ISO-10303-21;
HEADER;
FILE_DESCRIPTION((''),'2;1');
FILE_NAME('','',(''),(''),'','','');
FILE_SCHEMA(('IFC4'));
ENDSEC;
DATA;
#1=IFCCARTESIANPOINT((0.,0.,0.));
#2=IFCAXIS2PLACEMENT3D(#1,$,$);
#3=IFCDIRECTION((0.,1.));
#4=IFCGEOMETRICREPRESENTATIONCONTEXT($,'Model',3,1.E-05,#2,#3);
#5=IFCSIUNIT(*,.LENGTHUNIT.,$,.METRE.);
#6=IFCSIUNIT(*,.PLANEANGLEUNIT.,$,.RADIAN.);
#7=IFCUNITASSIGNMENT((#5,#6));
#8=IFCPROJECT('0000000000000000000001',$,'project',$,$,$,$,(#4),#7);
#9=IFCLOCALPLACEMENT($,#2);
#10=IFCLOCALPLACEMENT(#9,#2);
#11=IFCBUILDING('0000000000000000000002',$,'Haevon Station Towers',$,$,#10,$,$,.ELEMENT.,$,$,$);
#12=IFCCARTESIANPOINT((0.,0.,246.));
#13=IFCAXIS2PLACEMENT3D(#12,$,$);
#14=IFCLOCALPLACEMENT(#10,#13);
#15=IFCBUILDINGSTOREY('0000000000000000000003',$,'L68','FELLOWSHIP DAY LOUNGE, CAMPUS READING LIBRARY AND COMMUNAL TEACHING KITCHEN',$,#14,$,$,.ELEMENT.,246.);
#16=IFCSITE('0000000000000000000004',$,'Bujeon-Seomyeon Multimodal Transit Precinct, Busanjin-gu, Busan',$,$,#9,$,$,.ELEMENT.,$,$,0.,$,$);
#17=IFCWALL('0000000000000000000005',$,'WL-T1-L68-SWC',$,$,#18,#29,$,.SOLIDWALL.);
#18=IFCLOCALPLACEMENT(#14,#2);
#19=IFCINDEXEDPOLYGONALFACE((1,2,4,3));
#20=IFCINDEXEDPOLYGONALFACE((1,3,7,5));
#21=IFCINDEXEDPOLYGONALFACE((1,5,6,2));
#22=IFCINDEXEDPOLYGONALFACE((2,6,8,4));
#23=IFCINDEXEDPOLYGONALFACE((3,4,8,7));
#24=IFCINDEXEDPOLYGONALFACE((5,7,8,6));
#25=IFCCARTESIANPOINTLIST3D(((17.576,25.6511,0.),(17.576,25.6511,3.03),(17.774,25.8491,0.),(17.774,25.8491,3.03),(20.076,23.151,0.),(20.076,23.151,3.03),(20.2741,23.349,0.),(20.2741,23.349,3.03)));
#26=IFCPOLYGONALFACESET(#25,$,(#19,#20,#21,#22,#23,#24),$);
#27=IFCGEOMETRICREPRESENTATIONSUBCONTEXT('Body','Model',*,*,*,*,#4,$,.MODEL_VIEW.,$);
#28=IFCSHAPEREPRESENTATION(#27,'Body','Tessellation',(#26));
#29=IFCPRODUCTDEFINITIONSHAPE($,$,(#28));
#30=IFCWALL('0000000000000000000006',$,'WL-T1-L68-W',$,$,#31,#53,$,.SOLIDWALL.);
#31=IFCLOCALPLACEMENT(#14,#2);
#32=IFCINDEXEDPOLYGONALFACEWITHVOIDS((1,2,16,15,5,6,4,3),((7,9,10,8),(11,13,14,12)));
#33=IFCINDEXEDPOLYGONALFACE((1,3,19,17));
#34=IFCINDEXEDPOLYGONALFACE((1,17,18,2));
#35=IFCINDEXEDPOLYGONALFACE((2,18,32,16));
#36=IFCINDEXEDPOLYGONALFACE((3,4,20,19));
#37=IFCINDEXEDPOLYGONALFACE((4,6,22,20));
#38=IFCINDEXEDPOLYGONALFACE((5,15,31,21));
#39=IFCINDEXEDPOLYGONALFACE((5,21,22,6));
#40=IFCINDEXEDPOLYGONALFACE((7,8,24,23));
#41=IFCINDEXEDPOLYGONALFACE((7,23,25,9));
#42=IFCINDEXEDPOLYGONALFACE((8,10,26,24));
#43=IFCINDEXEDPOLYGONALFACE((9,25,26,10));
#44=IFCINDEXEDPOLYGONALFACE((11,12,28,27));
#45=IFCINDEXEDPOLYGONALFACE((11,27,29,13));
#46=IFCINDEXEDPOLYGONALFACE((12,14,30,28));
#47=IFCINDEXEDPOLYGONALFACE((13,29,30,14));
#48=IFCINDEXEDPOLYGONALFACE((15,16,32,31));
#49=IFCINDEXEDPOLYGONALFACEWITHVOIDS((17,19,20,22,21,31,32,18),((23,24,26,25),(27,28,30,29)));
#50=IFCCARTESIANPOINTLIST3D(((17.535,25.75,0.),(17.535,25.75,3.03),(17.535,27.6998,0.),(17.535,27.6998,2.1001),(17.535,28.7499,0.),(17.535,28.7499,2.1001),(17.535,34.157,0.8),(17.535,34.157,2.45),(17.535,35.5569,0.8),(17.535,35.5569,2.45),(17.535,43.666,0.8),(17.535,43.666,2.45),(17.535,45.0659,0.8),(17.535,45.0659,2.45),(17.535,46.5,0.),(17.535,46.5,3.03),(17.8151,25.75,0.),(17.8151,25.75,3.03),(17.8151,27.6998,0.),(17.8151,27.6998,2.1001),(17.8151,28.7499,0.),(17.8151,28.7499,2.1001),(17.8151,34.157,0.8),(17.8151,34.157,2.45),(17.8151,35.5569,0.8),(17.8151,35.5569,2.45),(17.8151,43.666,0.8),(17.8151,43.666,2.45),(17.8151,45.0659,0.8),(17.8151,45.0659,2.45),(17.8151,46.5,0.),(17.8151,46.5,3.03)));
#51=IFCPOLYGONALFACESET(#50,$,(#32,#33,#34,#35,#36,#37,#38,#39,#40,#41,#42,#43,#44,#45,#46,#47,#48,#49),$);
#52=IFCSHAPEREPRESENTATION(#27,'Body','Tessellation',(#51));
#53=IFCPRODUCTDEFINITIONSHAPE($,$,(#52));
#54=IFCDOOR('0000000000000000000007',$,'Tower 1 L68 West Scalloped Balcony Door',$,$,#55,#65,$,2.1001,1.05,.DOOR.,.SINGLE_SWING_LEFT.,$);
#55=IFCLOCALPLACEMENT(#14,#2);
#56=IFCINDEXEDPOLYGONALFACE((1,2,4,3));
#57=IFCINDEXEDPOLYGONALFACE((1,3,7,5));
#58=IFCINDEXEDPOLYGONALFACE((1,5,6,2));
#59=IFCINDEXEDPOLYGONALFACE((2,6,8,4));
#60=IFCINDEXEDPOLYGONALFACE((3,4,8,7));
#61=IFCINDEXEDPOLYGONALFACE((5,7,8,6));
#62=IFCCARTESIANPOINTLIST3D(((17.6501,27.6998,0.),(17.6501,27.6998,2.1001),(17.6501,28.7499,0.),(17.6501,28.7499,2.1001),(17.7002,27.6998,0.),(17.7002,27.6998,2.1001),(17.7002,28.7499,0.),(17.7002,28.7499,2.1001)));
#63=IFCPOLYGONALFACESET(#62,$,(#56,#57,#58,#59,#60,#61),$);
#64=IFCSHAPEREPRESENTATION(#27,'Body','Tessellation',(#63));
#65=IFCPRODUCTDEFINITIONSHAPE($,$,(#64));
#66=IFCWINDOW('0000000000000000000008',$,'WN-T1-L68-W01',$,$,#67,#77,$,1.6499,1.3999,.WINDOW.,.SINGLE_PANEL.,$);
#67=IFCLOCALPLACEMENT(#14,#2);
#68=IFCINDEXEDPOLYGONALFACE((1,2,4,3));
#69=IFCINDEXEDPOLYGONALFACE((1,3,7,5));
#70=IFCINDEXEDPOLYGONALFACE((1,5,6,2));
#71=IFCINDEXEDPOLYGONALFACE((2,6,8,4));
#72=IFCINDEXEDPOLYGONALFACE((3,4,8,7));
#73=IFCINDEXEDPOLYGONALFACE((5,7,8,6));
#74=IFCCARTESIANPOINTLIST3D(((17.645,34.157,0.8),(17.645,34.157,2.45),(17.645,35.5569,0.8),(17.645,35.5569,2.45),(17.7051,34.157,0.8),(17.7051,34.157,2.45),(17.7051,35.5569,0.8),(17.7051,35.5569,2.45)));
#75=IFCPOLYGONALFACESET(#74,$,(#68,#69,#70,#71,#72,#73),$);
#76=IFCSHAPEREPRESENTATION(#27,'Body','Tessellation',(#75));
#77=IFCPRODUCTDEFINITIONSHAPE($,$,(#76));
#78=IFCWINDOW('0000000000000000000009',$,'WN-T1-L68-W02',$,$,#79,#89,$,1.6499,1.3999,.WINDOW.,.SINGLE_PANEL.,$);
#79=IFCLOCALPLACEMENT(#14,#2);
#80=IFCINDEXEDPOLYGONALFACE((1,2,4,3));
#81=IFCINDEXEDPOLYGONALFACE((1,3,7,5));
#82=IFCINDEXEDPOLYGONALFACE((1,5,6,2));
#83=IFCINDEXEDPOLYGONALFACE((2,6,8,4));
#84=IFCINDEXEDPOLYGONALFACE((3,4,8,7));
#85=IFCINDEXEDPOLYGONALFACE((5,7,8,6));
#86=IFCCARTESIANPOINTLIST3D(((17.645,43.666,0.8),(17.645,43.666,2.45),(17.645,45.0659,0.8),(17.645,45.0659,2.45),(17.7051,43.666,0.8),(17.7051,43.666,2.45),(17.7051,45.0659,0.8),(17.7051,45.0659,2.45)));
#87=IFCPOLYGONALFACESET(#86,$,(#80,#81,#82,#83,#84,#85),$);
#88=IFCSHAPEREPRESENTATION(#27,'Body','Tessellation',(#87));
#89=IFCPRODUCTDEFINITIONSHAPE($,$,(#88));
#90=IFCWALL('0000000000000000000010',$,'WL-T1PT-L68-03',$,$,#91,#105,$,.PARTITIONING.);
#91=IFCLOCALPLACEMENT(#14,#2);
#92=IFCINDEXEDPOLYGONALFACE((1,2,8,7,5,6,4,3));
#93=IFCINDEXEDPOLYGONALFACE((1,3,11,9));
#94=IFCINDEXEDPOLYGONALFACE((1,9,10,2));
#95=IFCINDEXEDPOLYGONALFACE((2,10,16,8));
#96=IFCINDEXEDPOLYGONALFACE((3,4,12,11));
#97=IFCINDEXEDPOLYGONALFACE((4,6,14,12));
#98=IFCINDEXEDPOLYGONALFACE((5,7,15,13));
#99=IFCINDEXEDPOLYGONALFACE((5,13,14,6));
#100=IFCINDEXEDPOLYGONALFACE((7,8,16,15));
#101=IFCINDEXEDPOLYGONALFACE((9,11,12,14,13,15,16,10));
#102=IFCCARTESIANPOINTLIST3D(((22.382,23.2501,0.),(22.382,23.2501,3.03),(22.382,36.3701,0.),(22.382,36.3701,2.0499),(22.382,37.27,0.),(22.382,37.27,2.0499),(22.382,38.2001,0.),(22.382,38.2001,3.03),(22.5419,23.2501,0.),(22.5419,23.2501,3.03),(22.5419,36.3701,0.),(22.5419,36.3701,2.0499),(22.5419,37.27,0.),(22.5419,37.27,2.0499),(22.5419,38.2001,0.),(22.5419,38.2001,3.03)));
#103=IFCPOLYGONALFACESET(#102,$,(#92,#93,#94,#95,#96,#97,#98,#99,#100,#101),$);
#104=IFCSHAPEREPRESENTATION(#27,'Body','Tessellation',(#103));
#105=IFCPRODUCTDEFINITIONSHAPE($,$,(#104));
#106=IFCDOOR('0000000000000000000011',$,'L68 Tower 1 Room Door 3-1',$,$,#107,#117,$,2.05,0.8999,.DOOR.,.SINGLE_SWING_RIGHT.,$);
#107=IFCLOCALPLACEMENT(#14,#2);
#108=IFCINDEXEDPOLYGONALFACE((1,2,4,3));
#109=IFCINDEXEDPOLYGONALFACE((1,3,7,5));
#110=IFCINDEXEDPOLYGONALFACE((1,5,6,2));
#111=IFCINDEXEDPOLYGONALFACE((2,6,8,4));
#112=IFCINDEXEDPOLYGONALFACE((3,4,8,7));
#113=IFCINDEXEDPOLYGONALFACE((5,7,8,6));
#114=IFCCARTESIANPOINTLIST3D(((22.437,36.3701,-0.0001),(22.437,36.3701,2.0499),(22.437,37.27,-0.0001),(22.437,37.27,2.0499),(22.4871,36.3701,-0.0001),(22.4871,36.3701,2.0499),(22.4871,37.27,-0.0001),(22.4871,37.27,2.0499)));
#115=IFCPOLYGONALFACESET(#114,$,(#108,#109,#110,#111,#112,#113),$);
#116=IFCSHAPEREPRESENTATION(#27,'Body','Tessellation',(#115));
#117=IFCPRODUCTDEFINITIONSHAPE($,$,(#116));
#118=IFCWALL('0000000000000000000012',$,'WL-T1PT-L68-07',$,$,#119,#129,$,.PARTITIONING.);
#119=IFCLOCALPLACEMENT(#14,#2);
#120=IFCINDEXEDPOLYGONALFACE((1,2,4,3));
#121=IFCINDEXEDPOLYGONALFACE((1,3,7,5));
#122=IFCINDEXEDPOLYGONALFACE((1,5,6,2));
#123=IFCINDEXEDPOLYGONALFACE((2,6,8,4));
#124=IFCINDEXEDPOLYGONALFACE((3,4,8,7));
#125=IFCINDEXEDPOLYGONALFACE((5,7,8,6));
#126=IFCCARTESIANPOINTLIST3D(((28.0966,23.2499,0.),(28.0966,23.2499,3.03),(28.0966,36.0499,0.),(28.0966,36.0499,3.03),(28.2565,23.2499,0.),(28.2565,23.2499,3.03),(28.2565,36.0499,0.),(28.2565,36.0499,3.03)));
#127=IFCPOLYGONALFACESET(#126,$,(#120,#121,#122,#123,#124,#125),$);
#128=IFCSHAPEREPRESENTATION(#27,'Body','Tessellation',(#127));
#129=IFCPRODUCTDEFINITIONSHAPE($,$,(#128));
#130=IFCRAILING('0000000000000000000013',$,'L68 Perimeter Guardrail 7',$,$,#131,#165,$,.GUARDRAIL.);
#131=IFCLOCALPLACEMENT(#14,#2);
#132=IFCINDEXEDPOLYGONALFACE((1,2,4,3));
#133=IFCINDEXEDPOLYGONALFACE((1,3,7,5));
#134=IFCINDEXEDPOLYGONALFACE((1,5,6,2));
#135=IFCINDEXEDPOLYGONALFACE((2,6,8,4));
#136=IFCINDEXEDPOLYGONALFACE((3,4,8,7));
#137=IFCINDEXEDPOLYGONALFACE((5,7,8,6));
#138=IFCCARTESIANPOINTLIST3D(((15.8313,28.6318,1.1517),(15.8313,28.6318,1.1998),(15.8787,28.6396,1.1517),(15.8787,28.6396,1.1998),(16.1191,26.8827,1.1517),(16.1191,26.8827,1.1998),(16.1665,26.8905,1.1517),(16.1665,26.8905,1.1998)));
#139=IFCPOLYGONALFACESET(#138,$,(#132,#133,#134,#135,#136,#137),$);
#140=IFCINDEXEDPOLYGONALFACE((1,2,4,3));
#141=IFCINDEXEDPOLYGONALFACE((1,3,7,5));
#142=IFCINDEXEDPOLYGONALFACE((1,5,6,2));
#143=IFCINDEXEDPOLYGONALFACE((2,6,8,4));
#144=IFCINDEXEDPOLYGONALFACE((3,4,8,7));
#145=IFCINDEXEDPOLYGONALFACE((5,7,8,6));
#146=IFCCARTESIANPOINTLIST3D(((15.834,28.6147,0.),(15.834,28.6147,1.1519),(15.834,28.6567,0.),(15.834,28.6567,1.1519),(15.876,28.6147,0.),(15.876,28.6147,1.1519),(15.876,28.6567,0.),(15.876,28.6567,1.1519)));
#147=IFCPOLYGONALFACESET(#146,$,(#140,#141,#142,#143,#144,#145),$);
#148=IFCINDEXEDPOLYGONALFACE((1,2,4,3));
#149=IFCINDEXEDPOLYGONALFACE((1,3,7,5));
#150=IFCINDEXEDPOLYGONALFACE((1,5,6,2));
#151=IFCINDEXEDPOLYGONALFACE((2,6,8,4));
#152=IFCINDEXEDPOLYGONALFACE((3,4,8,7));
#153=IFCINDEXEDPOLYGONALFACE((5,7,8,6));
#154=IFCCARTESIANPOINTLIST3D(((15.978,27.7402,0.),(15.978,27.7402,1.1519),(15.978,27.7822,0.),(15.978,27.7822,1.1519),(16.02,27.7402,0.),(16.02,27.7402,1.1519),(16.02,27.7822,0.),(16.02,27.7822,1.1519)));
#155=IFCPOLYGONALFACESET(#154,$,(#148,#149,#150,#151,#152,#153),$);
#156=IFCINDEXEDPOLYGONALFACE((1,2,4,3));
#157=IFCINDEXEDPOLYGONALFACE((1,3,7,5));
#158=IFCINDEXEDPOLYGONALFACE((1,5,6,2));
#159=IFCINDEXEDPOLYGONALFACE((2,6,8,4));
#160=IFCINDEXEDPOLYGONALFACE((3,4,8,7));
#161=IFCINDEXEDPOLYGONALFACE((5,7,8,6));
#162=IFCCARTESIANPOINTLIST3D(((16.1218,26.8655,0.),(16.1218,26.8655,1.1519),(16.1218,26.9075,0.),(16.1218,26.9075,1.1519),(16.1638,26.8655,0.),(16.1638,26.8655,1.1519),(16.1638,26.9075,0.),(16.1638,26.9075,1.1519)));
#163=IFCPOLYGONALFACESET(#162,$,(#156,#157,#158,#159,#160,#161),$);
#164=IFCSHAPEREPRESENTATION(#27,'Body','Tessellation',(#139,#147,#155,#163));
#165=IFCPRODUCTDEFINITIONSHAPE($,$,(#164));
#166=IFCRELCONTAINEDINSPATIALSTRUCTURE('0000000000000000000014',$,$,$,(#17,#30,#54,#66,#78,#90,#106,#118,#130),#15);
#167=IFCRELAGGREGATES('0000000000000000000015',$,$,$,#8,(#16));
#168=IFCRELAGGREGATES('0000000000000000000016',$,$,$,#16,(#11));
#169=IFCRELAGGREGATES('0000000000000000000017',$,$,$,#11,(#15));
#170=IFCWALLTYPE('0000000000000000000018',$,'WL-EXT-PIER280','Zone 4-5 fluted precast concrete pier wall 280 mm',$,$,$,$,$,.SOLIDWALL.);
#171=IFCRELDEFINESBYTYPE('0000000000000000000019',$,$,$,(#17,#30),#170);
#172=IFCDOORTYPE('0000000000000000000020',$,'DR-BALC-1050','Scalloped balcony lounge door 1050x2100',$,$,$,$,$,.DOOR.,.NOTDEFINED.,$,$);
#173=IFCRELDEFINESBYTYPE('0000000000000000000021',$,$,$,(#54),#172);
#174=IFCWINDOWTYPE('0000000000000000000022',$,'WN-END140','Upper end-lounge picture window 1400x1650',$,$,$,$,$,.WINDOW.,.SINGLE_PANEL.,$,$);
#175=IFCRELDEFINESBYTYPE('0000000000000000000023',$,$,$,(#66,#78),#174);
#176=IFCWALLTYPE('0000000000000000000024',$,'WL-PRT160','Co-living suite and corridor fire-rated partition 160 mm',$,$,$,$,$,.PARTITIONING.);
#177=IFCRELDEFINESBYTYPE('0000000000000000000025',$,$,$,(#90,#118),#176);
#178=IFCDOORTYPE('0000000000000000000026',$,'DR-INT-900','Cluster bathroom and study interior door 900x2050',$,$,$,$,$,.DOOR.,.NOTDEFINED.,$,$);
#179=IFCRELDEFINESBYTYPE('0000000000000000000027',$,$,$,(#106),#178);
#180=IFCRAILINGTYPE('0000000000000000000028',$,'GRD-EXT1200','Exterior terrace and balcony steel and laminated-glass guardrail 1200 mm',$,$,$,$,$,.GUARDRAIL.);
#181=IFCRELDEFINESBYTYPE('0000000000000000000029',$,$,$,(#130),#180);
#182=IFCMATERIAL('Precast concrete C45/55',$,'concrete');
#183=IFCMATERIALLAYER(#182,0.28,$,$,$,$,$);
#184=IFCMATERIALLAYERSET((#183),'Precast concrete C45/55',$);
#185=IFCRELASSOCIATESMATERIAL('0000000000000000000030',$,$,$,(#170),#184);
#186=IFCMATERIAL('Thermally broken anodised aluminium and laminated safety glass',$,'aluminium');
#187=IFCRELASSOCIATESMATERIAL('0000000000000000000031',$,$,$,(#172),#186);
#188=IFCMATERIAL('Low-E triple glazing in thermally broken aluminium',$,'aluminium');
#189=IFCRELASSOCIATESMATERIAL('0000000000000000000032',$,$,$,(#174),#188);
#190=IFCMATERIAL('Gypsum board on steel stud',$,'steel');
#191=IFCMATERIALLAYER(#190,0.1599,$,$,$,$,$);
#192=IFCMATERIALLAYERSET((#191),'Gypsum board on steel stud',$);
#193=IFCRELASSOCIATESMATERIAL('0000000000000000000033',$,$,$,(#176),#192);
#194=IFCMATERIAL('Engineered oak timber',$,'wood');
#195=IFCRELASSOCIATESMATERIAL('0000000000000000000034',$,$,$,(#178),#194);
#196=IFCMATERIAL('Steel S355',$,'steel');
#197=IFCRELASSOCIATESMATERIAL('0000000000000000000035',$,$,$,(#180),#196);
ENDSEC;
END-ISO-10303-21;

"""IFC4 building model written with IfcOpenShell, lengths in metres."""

from ifc_helpers import new_model, si_unit, direction, frame, frame_2d, origin, origin_2d, place, context, subcontext, project, spatial, rectangle, extrude, material, layer, layer_set, type_object, element, fill, save


model = new_model("IFC4")

# Units and contexts
model_context = context("Model", 3, precision=1e-05, world=origin(), true_north=direction((0.0, 1.0)))
body_context = subcontext(model_context, "Body", "Model", "MODEL_VIEW")
ifc_project = project(units=[si_unit("LENGTHUNIT", "METRE"), si_unit("PLANEANGLEUNIT", "RADIAN")], contexts=[model_context])

# Site, building, storey
site_placement = place(None, origin())
site = spatial("IfcSite", under=ifc_project, at=site_placement, Name="Bujeon-Seomyeon Multimodal Transit Precinct, Busanjin-gu, Busan", CompositionType="ELEMENT", RefElevation=0.0)
building_placement = place(site_placement, origin())
building = spatial("IfcBuilding", under=site, at=building_placement, Name="Haevon Station Towers", CompositionType="ELEMENT")
storey_placement = place(building_placement, frame((0.0, 0.0, 246.0)))
storey = spatial("IfcBuildingStorey", under=building, at=storey_placement, Name="L68", Description="FELLOWSHIP DAY LOUNGE, CAMPUS READING LIBRARY AND COMMUNAL TEACHING KITCHEN", CompositionType="ELEMENT", Elevation=246.0)

# Shared definitions
ifc_material_1 = material(Name="Steel S355", Category="steel")

# Wall
ifc_material_2 = material(Name="Precast concrete C45/55", Category="concrete")
ifc_layer_1 = layer(ifc_material_2, 0.28)
ifc_layer_set_1 = layer_set([ifc_layer_1], Name="Precast concrete C45/55")
wall_type_1 = type_object("IfcWallType", Name="WL-EXT-PIER280", Description="Zone 4-5 fluted precast concrete pier wall 280 mm", PredefinedType="SOLIDWALL", material=ifc_layer_set_1)
wall_1_placement = place(storey_placement, frame((20.175, 23.25, 0.0), z_axis=(0.0, 0.0, 1.0), x_axis=(-0.707107, 0.707107, 0.0)))
element("IfcWall", 1, at=wall_1_placement, inside=storey, type_object=wall_type_1, Name="WL-T1-L68-SWC", PredefinedType="SOLIDWALL", context=body_context, shape_type="SweptSolid", body=[
    extrude(rectangle(XDim=3.5356, YDim=0.28, at=frame_2d((1.7678, 0.0))), origin(), (0.0, 0.0, 1.0), 3.03),
])

# Wall, openings, door, windows
wall_2_placement = place(storey_placement, frame((17.675, 25.75, 0.0), z_axis=(0.0, 0.0, 1.0), x_axis=(0.0, 1.0, 0.0)))
wall_2 = element("IfcWall", 2, at=wall_2_placement, inside=storey, type_object=wall_type_1, Name="WL-T1-L68-W", PredefinedType="SOLIDWALL", context=body_context, shape_type="SweptSolid", body=[
    extrude(rectangle(XDim=20.75, YDim=0.28, at=frame_2d((10.375, 0.0))), origin(), (0.0, 0.0, 1.0), 3.03),
])
opening_1_placement = place(wall_2_placement, frame((1.95, 0.0, 0.0)))
opening_1 = element("IfcOpeningElement", 3, at=opening_1_placement, cuts=wall_2, PredefinedType="OPENING", context=body_context, shape_type="SweptSolid", body=[
    extrude(rectangle(XDim=1.05, YDim=2.1001, at=frame_2d((0.5249, 1.05))), frame((0.0, 0.1499, 0.0), z_axis=(0.0, -1.0, 0.0), x_axis=(1.0, 0.0, 0.0)), (0.0, 0.0, 1.0), 0.3),
])
opening_2_placement = place(wall_2_placement, frame((8.407, 0.0, 0.8)))
opening_2 = element("IfcOpeningElement", 4, at=opening_2_placement, cuts=wall_2, PredefinedType="OPENING", context=body_context, shape_type="SweptSolid", body=[
    extrude(rectangle(XDim=1.3999, YDim=1.6499, at=frame_2d((0.7, 0.825))), frame((0.0, 0.1499, 0.0), z_axis=(0.0, -1.0, 0.0), x_axis=(1.0, 0.0, 0.0)), (0.0, 0.0, 1.0), 0.3),
])
opening_3_placement = place(wall_2_placement, frame((17.916, 0.0, 0.8)))
opening_3 = element("IfcOpeningElement", 5, at=opening_3_placement, cuts=wall_2, PredefinedType="OPENING", context=body_context, shape_type="SweptSolid", body=[
    extrude(rectangle(XDim=1.3999, YDim=1.6499, at=frame_2d((0.7, 0.825))), frame((0.0, 0.1499, 0.0), z_axis=(0.0, -1.0, 0.0), x_axis=(1.0, 0.0, 0.0)), (0.0, 0.0, 1.0), 0.3),
])
ifc_material_3 = material(Name="Thermally broken anodised aluminium and laminated safety glass", Category="aluminium")
door_type_1 = type_object("IfcDoorType", Name="DR-BALC-1050", Description="Scalloped balcony lounge door 1050x2100", OperationType="NOTDEFINED", PredefinedType="DOOR", material=ifc_material_3)
door_1_placement = place(opening_1_placement, origin())
door_1 = element("IfcDoor", 6, at=door_1_placement, inside=storey, type_object=door_type_1, Name="Tower 1 L68 West Scalloped Balcony Door", OperationType="SINGLE_SWING_LEFT", OverallHeight=2.1001, OverallWidth=1.05, PredefinedType="DOOR", context=body_context, shape_type="SweptSolid", body=[
    extrude(rectangle(XDim=1.05, YDim=2.1001, at=frame_2d((0.5249, 1.05))), frame((0.0, 0.0249, 0.0), z_axis=(0.0, -1.0, 0.0), x_axis=(1.0, 0.0, 0.0)), (0.0, 0.0, 1.0), 0.05),
])
fill(opening_1, door_1)
ifc_material_4 = material(Name="Low-E triple glazing in thermally broken aluminium", Category="aluminium")
window_type = type_object("IfcWindowType", Name="WN-END140", Description="Upper end-lounge picture window 1400x1650", PartitioningType="SINGLE_PANEL", PredefinedType="WINDOW", material=ifc_material_4)
window_1_placement = place(opening_2_placement, origin())
window_1 = element("IfcWindow", 7, at=window_1_placement, inside=storey, type_object=window_type, Name="WN-T1-L68-W01", OverallHeight=1.6499, OverallWidth=1.3999, PartitioningType="SINGLE_PANEL", PredefinedType="WINDOW", context=body_context, shape_type="SweptSolid", body=[
    extrude(rectangle(XDim=1.3999, YDim=1.6499, at=frame_2d((0.7, 0.825))), frame((0.0, 0.03, 0.0), z_axis=(0.0, -1.0, 0.0), x_axis=(1.0, 0.0, 0.0)), (0.0, 0.0, 1.0), 0.0601),
])
fill(opening_2, window_1)
window_2_placement = place(opening_3_placement, origin())
window_2 = element("IfcWindow", 8, at=window_2_placement, inside=storey, type_object=window_type, Name="WN-T1-L68-W02", OverallHeight=1.6499, OverallWidth=1.3999, PartitioningType="SINGLE_PANEL", PredefinedType="WINDOW", context=body_context, shape_type="SweptSolid", body=[
    extrude(rectangle(XDim=1.3999, YDim=1.6499, at=frame_2d((0.7, 0.825))), frame((0.0, 0.03, 0.0), z_axis=(0.0, -1.0, 0.0), x_axis=(1.0, 0.0, 0.0)), (0.0, 0.0, 1.0), 0.0601),
])
fill(opening_3, window_2)

# Wall, opening, door
ifc_material_5 = material(Name="Gypsum board on steel stud", Category="steel")
ifc_layer_2 = layer(ifc_material_5, 0.1599)
ifc_layer_set_2 = layer_set([ifc_layer_2], Name="Gypsum board on steel stud")
wall_type_2 = type_object("IfcWallType", Name="WL-PRT160", Description="Co-living suite and corridor fire-rated partition 160 mm", PredefinedType="PARTITIONING", material=ifc_layer_set_2)
wall_3_placement = place(storey_placement, frame((22.4619, 23.25, 0.0), z_axis=(0.0, 0.0, 1.0), x_axis=(0.0, 1.0, 0.0)))
wall_3 = element("IfcWall", 9, at=wall_3_placement, inside=storey, type_object=wall_type_2, Name="WL-T1PT-L68-03", PredefinedType="PARTITIONING", context=body_context, shape_type="SweptSolid", body=[
    extrude(rectangle(XDim=14.95, YDim=0.1599, at=frame_2d((7.4751, 0.0))), origin(), (0.0, 0.0, 1.0), 3.03),
])
opening_4_placement = place(wall_3_placement, frame((13.1201, 0.0, 0.0)))
opening_4 = element("IfcOpeningElement", 10, at=opening_4_placement, cuts=wall_3, PredefinedType="OPENING", context=body_context, shape_type="SweptSolid", body=[
    extrude(rectangle(XDim=0.8999, YDim=2.05, at=frame_2d((0.45, 1.0249))), frame((0.0, 0.0898, 0.0), z_axis=(0.0, -1.0, 0.0), x_axis=(1.0, 0.0, 0.0)), (0.0, 0.0, 1.0), 0.1799),
])
ifc_material_6 = material(Name="Engineered oak timber", Category="wood")
door_type_2 = type_object("IfcDoorType", Name="DR-INT-900", Description="Cluster bathroom and study interior door 900x2050", OperationType="NOTDEFINED", PredefinedType="DOOR", material=ifc_material_6)
door_2_placement = place(opening_4_placement, origin())
door_2 = element("IfcDoor", 11, at=door_2_placement, inside=storey, type_object=door_type_2, Name="L68 Tower 1 Room Door 3-1", OperationType="SINGLE_SWING_RIGHT", OverallHeight=2.05, OverallWidth=0.8999, PredefinedType="DOOR", context=body_context, shape_type="SweptSolid", body=[
    extrude(rectangle(XDim=0.8999, YDim=2.05, at=frame_2d((0.45, 1.0249))), frame((0.0, 0.0249, 0.0), z_axis=(0.0, -1.0, 0.0), x_axis=(1.0, 0.0, 0.0)), (0.0, 0.0, 1.0), 0.05),
])
fill(opening_4, door_2)

# Wall
wall_4_placement = place(storey_placement, frame((28.1765, 23.25, 0.0), z_axis=(0.0, 0.0, 1.0), x_axis=(0.0, 1.0, 0.0)))
element("IfcWall", 12, at=wall_4_placement, inside=storey, type_object=wall_type_2, Name="WL-T1PT-L68-07", PredefinedType="PARTITIONING", context=body_context, shape_type="SweptSolid", body=[
    extrude(rectangle(XDim=12.8, YDim=0.1599, at=frame_2d((6.3999, 0.0))), origin(), (0.0, 0.0, 1.0), 3.03),
])

# Railing
railing_type = type_object("IfcRailingType", Name="GRD-EXT1200", Description="Exterior terrace and balcony steel and laminated-glass guardrail 1200 mm", PredefinedType="GUARDRAIL", material=ifc_material_1)
railing_1_placement = place(storey_placement, frame((15.855, 28.6357, 0.0)))
element("IfcRailing", 13, at=railing_1_placement, inside=storey, type_object=railing_type, Name="L68 Perimeter Guardrail 7", PredefinedType="GUARDRAIL", context=body_context, shape_type="SweptSolid", body=[
    extrude(rectangle(XDim=0.0481, YDim=0.0481, at=origin_2d()), frame((0.0, 0.0, 1.1758), z_axis=(0.162366, -0.986731, 0.0), x_axis=(0.986731, 0.162366, 0.0)), (0.0, 0.0, 1.0), 1.7727),
    extrude(rectangle(XDim=0.042, YDim=0.042, at=origin_2d()), origin(), (0.0, 0.0, 1.0), 1.1519),
    extrude(rectangle(XDim=0.042, YDim=0.042, at=origin_2d()), frame((0.144, -0.8745, 0.0)), (0.0, 0.0, 1.0), 1.1519),
    extrude(rectangle(XDim=0.042, YDim=0.042, at=origin_2d()), frame((0.2878, -1.7493, 0.0)), (0.0, 0.0, 1.0), 1.1519),
])

save(model, "model.ifc")
